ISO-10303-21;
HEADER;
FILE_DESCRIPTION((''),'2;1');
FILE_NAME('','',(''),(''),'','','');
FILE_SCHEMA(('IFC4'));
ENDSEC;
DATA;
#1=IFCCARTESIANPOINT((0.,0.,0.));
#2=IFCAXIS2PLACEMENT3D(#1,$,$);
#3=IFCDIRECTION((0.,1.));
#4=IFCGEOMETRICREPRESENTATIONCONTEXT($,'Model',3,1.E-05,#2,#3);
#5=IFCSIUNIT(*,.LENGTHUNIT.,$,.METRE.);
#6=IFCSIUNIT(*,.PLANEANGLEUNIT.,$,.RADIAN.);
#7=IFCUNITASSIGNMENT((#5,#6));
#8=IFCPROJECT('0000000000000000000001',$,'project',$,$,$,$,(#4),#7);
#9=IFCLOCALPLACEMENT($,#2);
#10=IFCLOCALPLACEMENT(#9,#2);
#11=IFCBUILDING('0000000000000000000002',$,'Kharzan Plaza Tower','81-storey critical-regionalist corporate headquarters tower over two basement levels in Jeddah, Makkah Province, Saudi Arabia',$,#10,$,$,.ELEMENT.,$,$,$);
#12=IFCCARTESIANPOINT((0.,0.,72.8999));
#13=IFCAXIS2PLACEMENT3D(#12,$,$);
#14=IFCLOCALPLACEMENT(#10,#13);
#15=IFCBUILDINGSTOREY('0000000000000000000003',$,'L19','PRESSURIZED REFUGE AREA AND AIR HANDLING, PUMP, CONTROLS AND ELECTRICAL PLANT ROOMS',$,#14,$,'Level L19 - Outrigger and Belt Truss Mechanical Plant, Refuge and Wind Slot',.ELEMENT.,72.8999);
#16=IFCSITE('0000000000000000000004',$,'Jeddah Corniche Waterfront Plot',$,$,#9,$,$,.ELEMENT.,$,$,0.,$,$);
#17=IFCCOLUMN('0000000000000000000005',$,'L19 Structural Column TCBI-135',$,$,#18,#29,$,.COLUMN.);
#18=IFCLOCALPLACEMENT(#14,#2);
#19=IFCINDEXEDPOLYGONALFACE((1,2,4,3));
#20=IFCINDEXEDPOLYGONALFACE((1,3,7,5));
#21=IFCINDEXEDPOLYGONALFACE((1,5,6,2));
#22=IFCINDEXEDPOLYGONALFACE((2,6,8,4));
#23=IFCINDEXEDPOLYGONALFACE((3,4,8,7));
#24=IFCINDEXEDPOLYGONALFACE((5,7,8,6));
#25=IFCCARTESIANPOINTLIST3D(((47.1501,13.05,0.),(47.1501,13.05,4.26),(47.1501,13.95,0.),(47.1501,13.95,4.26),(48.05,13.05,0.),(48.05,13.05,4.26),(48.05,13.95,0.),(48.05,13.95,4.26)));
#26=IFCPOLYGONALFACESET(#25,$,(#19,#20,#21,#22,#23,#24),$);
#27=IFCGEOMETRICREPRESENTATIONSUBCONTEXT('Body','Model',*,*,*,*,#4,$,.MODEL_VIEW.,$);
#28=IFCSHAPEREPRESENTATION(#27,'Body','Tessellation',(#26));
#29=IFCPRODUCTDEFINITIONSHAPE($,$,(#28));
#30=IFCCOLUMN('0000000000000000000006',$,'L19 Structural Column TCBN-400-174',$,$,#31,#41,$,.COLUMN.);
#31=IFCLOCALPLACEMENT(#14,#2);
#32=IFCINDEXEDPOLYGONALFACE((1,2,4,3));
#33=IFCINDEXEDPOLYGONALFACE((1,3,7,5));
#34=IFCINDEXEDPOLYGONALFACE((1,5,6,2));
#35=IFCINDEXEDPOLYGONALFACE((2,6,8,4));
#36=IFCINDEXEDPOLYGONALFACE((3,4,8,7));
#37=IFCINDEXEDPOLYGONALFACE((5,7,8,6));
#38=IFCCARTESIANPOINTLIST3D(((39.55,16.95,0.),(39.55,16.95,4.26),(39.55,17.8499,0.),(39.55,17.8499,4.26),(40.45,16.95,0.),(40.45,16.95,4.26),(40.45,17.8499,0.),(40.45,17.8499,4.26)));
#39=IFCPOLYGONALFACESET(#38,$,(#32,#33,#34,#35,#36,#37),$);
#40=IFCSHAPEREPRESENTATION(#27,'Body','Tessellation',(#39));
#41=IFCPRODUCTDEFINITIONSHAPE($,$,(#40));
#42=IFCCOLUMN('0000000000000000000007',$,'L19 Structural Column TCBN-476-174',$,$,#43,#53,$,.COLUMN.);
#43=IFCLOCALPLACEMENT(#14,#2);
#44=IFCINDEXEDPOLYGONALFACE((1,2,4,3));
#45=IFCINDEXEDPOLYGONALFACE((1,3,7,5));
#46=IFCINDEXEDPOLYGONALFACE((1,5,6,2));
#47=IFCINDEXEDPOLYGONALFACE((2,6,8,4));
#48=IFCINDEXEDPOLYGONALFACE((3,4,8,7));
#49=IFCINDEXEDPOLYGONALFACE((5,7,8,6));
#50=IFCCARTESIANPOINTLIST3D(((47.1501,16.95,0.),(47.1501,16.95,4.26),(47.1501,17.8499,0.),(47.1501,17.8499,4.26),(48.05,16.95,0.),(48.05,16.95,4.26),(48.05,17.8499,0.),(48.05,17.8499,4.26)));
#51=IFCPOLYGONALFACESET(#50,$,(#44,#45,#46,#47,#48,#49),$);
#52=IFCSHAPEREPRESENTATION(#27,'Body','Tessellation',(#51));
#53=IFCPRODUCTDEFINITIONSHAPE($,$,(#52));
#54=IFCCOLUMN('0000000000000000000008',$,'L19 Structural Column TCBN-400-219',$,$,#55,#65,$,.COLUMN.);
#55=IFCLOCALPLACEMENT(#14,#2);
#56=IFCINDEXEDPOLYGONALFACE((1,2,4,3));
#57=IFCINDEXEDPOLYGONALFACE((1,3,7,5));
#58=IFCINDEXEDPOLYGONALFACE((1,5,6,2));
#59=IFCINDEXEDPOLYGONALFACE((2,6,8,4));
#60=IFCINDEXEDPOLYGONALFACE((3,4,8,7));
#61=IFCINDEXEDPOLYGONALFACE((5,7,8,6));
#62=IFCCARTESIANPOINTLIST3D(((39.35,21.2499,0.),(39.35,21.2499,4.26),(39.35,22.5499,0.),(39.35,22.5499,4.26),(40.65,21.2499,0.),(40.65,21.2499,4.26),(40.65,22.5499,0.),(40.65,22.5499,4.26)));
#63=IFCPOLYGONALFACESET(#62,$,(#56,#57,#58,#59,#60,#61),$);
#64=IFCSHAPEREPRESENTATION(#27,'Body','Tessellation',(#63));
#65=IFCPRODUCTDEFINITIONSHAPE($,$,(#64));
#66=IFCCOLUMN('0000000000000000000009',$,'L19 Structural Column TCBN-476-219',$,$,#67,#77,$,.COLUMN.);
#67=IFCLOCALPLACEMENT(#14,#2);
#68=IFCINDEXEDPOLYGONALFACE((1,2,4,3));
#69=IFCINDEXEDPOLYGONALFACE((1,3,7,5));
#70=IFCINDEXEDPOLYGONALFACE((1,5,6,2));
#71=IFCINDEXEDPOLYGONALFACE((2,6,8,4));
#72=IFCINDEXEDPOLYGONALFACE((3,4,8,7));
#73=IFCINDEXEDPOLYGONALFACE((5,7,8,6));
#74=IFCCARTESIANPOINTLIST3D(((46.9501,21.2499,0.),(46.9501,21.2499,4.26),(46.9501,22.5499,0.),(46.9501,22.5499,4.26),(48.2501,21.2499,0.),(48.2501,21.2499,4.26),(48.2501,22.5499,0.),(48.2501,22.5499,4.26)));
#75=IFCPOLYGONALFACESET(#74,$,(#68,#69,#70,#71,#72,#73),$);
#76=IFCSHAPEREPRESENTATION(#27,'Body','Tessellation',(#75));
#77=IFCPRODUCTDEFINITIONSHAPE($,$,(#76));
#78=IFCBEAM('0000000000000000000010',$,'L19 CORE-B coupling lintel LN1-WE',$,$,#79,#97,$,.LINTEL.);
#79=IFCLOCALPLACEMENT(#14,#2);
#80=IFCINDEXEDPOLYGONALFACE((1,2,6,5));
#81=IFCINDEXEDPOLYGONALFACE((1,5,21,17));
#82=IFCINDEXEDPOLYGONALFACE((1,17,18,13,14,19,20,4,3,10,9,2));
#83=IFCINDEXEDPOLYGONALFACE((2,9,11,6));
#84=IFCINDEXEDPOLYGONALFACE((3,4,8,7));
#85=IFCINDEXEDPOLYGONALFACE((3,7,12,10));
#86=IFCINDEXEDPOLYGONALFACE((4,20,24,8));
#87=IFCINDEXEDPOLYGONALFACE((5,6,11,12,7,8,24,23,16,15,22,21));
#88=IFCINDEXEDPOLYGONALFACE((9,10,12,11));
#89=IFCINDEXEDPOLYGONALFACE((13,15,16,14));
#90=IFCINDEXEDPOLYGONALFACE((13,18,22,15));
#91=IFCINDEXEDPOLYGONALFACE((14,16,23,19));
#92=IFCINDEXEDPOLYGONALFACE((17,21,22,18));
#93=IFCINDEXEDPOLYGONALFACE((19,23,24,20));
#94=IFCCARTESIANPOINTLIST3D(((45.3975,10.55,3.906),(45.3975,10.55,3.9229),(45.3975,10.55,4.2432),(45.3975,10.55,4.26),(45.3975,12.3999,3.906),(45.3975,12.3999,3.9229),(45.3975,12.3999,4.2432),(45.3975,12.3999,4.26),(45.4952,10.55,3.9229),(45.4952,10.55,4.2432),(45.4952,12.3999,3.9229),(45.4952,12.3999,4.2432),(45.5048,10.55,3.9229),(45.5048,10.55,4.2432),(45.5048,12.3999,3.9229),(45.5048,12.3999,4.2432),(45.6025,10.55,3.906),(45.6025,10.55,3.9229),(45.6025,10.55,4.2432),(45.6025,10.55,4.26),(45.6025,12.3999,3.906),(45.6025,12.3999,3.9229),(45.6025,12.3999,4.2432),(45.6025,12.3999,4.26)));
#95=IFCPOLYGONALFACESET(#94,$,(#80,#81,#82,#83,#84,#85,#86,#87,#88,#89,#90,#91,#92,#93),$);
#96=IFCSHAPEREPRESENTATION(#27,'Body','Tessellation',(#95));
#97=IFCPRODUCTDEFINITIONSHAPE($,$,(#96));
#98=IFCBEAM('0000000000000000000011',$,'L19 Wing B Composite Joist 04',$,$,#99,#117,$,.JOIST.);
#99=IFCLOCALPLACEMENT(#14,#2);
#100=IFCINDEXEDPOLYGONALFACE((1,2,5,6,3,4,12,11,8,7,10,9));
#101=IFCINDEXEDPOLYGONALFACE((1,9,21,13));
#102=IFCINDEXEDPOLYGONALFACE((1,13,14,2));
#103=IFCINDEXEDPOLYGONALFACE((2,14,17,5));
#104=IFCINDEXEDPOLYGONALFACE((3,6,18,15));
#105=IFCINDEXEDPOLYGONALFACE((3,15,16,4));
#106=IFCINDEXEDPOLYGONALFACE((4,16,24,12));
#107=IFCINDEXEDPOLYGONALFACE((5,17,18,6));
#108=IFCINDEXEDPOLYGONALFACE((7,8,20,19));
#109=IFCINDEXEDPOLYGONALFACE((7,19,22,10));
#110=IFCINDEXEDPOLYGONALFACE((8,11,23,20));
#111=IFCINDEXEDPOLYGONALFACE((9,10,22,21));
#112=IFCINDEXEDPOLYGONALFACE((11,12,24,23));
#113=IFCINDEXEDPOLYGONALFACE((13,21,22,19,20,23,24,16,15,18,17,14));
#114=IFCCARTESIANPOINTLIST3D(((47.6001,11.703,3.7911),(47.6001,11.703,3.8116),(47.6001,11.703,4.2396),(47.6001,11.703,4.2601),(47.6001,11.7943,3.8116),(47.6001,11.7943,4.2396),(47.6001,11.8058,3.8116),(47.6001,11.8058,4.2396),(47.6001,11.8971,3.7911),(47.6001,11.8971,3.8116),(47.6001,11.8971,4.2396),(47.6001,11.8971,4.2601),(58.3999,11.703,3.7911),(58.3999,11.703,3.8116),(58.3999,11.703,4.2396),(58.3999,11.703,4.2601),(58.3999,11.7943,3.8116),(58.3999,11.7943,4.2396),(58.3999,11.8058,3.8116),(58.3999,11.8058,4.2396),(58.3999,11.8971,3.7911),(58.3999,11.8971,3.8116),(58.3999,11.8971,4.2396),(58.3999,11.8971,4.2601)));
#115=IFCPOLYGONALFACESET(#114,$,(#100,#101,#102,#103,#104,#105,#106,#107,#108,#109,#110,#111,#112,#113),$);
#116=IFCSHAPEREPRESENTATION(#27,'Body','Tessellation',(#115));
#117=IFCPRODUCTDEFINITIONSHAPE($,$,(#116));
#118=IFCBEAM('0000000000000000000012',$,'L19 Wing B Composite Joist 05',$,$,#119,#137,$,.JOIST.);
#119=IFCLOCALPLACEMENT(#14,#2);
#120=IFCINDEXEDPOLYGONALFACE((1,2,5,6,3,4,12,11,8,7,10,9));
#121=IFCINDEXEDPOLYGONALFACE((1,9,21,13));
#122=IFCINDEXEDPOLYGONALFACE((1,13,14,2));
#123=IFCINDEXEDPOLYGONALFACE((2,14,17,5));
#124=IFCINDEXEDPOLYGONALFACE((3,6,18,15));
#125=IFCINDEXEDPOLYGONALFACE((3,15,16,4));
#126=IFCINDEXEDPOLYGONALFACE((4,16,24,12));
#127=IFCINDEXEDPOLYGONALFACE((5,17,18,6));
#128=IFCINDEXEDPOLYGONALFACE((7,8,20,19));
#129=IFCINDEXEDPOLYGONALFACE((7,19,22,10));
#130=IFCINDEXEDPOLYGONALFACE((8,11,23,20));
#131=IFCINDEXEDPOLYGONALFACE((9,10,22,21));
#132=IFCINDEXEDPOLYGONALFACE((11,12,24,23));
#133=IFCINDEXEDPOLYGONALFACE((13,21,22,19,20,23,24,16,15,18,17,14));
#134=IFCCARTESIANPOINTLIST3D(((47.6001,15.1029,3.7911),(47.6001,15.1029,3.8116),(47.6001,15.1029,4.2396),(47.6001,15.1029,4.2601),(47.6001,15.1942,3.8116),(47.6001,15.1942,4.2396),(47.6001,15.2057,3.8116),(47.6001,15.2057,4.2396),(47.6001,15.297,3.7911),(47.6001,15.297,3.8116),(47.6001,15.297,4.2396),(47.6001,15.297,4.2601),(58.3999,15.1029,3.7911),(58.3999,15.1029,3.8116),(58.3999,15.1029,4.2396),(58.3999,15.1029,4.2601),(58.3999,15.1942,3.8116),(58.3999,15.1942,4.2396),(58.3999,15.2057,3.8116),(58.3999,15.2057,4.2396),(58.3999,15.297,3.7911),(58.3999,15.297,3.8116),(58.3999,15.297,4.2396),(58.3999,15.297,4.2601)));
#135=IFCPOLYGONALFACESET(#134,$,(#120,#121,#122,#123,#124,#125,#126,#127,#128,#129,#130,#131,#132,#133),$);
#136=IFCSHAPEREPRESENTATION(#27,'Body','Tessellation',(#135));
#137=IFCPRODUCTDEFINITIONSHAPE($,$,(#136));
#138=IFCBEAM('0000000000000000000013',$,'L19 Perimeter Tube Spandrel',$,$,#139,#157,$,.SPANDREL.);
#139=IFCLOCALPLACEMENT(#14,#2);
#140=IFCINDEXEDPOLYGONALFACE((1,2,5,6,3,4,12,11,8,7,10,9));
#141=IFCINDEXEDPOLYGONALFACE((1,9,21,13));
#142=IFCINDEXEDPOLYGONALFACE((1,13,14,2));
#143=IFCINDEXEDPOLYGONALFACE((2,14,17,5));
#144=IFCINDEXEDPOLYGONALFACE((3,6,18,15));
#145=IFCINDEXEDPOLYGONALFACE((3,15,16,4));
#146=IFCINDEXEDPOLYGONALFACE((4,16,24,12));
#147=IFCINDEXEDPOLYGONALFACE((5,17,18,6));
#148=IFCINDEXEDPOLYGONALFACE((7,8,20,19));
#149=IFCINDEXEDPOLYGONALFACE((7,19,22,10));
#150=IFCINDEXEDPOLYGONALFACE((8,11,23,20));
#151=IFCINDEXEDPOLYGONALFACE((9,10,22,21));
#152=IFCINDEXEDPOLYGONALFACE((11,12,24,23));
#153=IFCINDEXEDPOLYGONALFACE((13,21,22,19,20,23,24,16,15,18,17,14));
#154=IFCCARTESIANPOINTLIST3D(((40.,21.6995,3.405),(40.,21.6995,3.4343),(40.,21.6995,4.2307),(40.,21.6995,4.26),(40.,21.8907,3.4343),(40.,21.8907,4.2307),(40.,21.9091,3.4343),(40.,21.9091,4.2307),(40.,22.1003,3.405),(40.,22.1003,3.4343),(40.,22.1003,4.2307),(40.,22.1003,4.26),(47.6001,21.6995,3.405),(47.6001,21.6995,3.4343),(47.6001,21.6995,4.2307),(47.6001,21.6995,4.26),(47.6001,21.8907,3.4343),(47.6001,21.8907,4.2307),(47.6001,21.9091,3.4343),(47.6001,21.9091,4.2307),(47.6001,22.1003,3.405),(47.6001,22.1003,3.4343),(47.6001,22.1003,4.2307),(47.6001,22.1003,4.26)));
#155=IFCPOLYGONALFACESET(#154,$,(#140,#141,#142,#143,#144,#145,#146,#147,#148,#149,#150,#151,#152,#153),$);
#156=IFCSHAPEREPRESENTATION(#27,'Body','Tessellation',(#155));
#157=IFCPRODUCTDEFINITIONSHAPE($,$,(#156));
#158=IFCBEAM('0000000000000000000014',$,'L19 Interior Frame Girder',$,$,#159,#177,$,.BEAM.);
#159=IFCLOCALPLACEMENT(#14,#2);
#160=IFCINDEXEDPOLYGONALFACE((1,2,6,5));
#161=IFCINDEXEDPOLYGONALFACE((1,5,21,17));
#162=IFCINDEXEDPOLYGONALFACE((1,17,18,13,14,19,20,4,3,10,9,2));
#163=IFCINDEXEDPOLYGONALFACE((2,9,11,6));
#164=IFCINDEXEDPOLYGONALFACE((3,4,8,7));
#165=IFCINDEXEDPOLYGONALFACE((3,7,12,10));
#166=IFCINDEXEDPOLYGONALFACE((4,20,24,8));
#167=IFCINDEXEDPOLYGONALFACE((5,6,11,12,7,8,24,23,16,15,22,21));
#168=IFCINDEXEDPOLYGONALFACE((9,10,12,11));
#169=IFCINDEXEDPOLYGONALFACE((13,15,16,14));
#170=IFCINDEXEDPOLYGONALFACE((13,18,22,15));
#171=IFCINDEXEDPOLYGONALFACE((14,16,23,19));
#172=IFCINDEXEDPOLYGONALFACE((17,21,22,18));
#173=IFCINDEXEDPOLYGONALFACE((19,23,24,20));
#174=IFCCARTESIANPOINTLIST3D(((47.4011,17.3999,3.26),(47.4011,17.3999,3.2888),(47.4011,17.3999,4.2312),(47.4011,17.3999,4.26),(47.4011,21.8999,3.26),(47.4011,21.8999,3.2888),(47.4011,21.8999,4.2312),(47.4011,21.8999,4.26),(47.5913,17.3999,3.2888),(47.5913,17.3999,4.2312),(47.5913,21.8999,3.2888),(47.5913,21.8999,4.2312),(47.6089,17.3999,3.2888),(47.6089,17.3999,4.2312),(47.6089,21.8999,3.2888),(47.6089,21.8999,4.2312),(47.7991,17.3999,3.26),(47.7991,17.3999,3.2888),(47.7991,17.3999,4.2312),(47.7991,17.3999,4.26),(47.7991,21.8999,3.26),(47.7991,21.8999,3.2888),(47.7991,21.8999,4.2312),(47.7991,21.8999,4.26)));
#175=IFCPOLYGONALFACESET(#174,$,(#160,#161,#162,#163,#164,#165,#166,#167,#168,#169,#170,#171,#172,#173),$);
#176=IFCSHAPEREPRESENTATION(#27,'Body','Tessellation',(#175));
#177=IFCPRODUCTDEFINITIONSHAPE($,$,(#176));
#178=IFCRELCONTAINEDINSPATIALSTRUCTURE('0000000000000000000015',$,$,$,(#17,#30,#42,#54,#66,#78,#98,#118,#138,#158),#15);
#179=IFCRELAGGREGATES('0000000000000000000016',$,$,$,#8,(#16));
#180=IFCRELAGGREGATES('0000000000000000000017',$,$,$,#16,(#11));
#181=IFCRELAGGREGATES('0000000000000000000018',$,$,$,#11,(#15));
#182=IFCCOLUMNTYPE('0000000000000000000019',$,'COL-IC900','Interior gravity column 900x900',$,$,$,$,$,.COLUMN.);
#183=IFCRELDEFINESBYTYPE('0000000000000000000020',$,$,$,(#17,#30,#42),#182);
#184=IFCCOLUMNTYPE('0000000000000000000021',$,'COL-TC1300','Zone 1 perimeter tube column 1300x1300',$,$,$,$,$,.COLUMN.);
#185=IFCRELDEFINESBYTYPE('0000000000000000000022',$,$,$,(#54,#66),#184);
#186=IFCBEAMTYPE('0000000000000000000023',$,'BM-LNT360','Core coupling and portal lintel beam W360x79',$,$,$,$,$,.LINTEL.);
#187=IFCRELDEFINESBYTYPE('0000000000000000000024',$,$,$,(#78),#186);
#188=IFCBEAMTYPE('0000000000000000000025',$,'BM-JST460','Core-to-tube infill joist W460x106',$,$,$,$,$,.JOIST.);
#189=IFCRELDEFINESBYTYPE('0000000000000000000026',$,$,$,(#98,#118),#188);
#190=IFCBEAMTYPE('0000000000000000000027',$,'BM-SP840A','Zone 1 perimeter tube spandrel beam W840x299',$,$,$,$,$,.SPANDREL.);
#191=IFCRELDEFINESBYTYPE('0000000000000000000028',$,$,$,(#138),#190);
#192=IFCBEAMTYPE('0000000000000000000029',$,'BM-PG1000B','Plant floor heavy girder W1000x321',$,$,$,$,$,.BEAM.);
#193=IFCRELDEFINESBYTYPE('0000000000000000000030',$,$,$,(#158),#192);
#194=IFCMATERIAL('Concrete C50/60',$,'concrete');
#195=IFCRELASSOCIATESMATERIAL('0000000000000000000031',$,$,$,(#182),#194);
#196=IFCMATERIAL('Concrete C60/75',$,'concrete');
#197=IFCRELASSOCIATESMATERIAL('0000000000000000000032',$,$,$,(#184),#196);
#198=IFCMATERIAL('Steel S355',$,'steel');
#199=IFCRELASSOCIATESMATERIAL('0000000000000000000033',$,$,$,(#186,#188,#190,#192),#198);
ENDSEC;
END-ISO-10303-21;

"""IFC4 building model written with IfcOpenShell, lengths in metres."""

from ifc_helpers import new_model, si_unit, direction, frame, origin, origin_2d, place, context, subcontext, project, spatial, rectangle, i_section, extrude, source, transform, mapped, material, material_profile, profile_set, type_object, element, save


model = new_model("IFC4")

# Units and contexts
model_context = context("Model", 3, precision=1e-05, world=origin(), true_north=direction((0.0, 1.0)))
body_context = subcontext(model_context, "Body", "Model", "MODEL_VIEW")
ifc_project = project(units=[si_unit("LENGTHUNIT", "METRE"), si_unit("PLANEANGLEUNIT", "RADIAN")], contexts=[model_context])

# Site, building, storey
site_placement = place(None, origin())
site = spatial("IfcSite", under=ifc_project, at=site_placement, Name="Jeddah Corniche Waterfront Plot", CompositionType="ELEMENT", RefElevation=0.0)
building_placement = place(site_placement, origin())
building = spatial("IfcBuilding", under=site, at=building_placement, Name="Kharzan Plaza Tower", Description="81-storey critical-regionalist corporate headquarters tower over two basement levels in Jeddah, Makkah Province, Saudi Arabia", CompositionType="ELEMENT")
storey_placement = place(building_placement, frame((0.0, 0.0, 72.8999)))
storey = spatial("IfcBuildingStorey", under=building, at=storey_placement, Name="L19", Description="PRESSURIZED REFUGE AREA AND AIR HANDLING, PUMP, CONTROLS AND ELECTRICAL PLANT ROOMS", LongName="Level L19 - Outrigger and Belt Truss Mechanical Plant, Refuge and Wind Slot", CompositionType="ELEMENT", Elevation=72.8999)

# Columns
ifc_material_1 = material(Name="Concrete C50/60", Category="concrete")
ifc_material_profile_1 = material_profile(ifc_material_1, rectangle(XDim=0.8999, YDim=0.8999, at=origin_2d()), Name="RC-IC900x900")
ifc_profile_set_1 = profile_set([ifc_material_profile_1], Name="Concrete C50/60")
column_type_1 = type_object("IfcColumnType", Name="COL-IC900", Description="Interior gravity column 900x900", PredefinedType="COLUMN", material=ifc_profile_set_1)
shared_shape_1 = source(origin(), body_context, "Body", "SweptSolid", [
    extrude(rectangle(XDim=0.8999, YDim=0.8999, at=origin_2d()), origin(), (0.0, 0.0, 1.0), 4.26),
])
for number, where, z_axis, x_axis, name in (
    (1, (47.6001, 13.5, 0.0), (0.0, 0.0, 1.0), (1.0, 0.0, 0.0), "L19 Structural Column TCBI-135"),
    (2, (40.0, 17.3999, 0.0), (0.0, 0.0, 1.0), (1.0, 0.0, 0.0), "L19 Structural Column TCBN-400-174"),
    (3, (47.6001, 17.3999, 0.0), (0.0, 0.0, 1.0), (1.0, 0.0, 0.0), "L19 Structural Column TCBN-476-174"),
):
    element("IfcColumn", number, at=place(storey_placement, frame(where, z_axis=z_axis, x_axis=x_axis)), inside=storey, type_object=column_type_1, Name=name, PredefinedType="COLUMN", context=body_context, shape_type="MappedRepresentation", body=[
        mapped(shared_shape_1, transform((0.0, 0.0, 0.0), x_axis=(1.0, 0.0, 0.0), y_axis=(0.0, 1.0, 0.0), z_axis=(0.0, 0.0, 1.0))),
    ])
ifc_material_2 = material(Name="Concrete C60/75", Category="concrete")
ifc_material_profile_2 = material_profile(ifc_material_2, rectangle(XDim=1.3, YDim=1.3, at=origin_2d()), Name="RC-TC1300x1300")
ifc_profile_set_2 = profile_set([ifc_material_profile_2], Name="Concrete C60/75")
column_type_2 = type_object("IfcColumnType", Name="COL-TC1300", Description="Zone 1 perimeter tube column 1300x1300", PredefinedType="COLUMN", material=ifc_profile_set_2)
shared_shape_2 = source(origin(), body_context, "Body", "SweptSolid", [
    extrude(rectangle(XDim=1.3, YDim=1.3, at=origin_2d()), origin(), (0.0, 0.0, 1.0), 4.26),
])
for number, where, z_axis, x_axis, name in (
    (4, (40.0, 21.8999, 0.0), (0.0, 0.0, 1.0), (1.0, 0.0, 0.0), "L19 Structural Column TCBN-400-219"),
    (5, (47.6001, 21.8999, 0.0), (0.0, 0.0, 1.0), (1.0, 0.0, 0.0), "L19 Structural Column TCBN-476-219"),
):
    element("IfcColumn", number, at=place(storey_placement, frame(where, z_axis=z_axis, x_axis=x_axis)), inside=storey, type_object=column_type_2, Name=name, PredefinedType="COLUMN", context=body_context, shape_type="MappedRepresentation", body=[
        mapped(shared_shape_2, transform((0.0, 0.0, 0.0), x_axis=(1.0, 0.0, 0.0), y_axis=(0.0, 1.0, 0.0), z_axis=(0.0, 0.0, 1.0))),
    ])

# Beams
ifc_material_3 = material(Name="Steel S355", Category="steel")
ifc_material_profile_3 = material_profile(ifc_material_3, i_section(OverallWidth=0.2051, OverallDepth=0.354, WebThickness=0.0095, FlangeThickness=0.0168, at=origin_2d()), Name="W360x79")
ifc_profile_set_3 = profile_set([ifc_material_profile_3], Name="Steel S355")
beam_type_1 = type_object("IfcBeamType", Name="BM-LNT360", Description="Core coupling and portal lintel beam W360x79", PredefinedType="LINTEL", material=ifc_profile_set_3)
shared_shape_3 = source(origin(), body_context, "Body", "SweptSolid", [
    extrude(i_section(OverallWidth=0.2051, OverallDepth=0.354, WebThickness=0.0095, FlangeThickness=0.0168, at=origin_2d()), origin(), (0.0, 0.0, 1.0), 1.8499),
])
beam_1_placement = place(storey_placement, frame((45.5, 10.55, 4.083), z_axis=(0.0, 1.0, 0.0), x_axis=(-1.0, 0.0, 0.0)))
element("IfcBeam", 6, at=beam_1_placement, inside=storey, type_object=beam_type_1, Name="L19 CORE-B coupling lintel LN1-WE", PredefinedType="LINTEL", context=body_context, shape_type="MappedRepresentation", body=[
    mapped(shared_shape_3, transform((0.0, 0.0, 0.0), x_axis=(1.0, 0.0, 0.0), y_axis=(0.0, 1.0, 0.0), z_axis=(0.0, 0.0, 1.0))),
])
ifc_material_profile_4 = material_profile(ifc_material_3, i_section(OverallWidth=0.1941, OverallDepth=0.469, WebThickness=0.0115, FlangeThickness=0.0205, at=origin_2d()), Name="W460x106")
ifc_profile_set_4 = profile_set([ifc_material_profile_4], Name="Steel S355")
beam_type_2 = type_object("IfcBeamType", Name="BM-JST460", Description="Core-to-tube infill joist W460x106", PredefinedType="JOIST", material=ifc_profile_set_4)
shared_shape_4 = source(origin(), body_context, "Body", "SweptSolid", [
    extrude(i_section(OverallWidth=0.1941, OverallDepth=0.469, WebThickness=0.0115, FlangeThickness=0.0205, at=origin_2d()), origin(), (0.0, 0.0, 1.0), 10.7998),
])
for number, where, z_axis, x_axis, name in (
    (7, (47.6001, 11.8, 4.0256), (1.0, 0.0, 0.0), (0.0, 1.0, 0.0), "L19 Wing B Composite Joist 04"),
    (8, (47.6001, 15.2, 4.0256), (1.0, 0.0, 0.0), (0.0, 1.0, 0.0), "L19 Wing B Composite Joist 05"),
):
    element("IfcBeam", number, at=place(storey_placement, frame(where, z_axis=z_axis, x_axis=x_axis)), inside=storey, type_object=beam_type_2, Name=name, PredefinedType="JOIST", context=body_context, shape_type="MappedRepresentation", body=[
        mapped(shared_shape_4, transform((0.0, 0.0, 0.0), x_axis=(1.0, 0.0, 0.0), y_axis=(0.0, 1.0, 0.0), z_axis=(0.0, 0.0, 1.0))),
    ])
ifc_material_profile_5 = material_profile(ifc_material_3, i_section(OverallWidth=0.4009, OverallDepth=0.855, WebThickness=0.0183, FlangeThickness=0.0293, at=origin_2d()), Name="W840x299")
ifc_profile_set_5 = profile_set([ifc_material_profile_5], Name="Steel S355")
beam_type_3 = type_object("IfcBeamType", Name="BM-SP840A", Description="Zone 1 perimeter tube spandrel beam W840x299", PredefinedType="SPANDREL", material=ifc_profile_set_5)
shared_shape_5 = source(origin(), body_context, "Body", "SweptSolid", [
    extrude(i_section(OverallWidth=0.4009, OverallDepth=0.855, WebThickness=0.0183, FlangeThickness=0.0293, at=origin_2d()), origin(), (0.0, 0.0, 1.0), 7.6001),
])
beam_2_placement = place(storey_placement, frame((40.0, 21.8999, 3.8325), z_axis=(1.0, 0.0, 0.0), x_axis=(0.0, 1.0, 0.0)))
element("IfcBeam", 9, at=beam_2_placement, inside=storey, type_object=beam_type_3, Name="L19 Perimeter Tube Spandrel", PredefinedType="SPANDREL", context=body_context, shape_type="MappedRepresentation", body=[
    mapped(shared_shape_5, transform((0.0, 0.0, 0.0), x_axis=(1.0, 0.0, 0.0), y_axis=(0.0, 1.0, 0.0), z_axis=(0.0, 0.0, 1.0))),
])
ifc_material_profile_6 = material_profile(ifc_material_3, i_section(OverallWidth=0.3979, OverallDepth=1.0, WebThickness=0.0176, FlangeThickness=0.0288, at=origin_2d()), Name="W1000x321")
ifc_profile_set_6 = profile_set([ifc_material_profile_6], Name="Steel S355")
beam_type_4 = type_object("IfcBeamType", Name="BM-PG1000B", Description="Plant floor heavy girder W1000x321", PredefinedType="BEAM", material=ifc_profile_set_6)
shared_shape_6 = source(origin(), body_context, "Body", "SweptSolid", [
    extrude(i_section(OverallWidth=0.3979, OverallDepth=1.0, WebThickness=0.0176, FlangeThickness=0.0288, at=origin_2d()), origin(), (0.0, 0.0, 1.0), 4.5),
])
beam_3_placement = place(storey_placement, frame((47.6001, 17.3999, 3.76), z_axis=(0.0, 1.0, 0.0), x_axis=(-1.0, 0.0, 0.0)))
element("IfcBeam", 10, at=beam_3_placement, inside=storey, type_object=beam_type_4, Name="L19 Interior Frame Girder", PredefinedType="BEAM", context=body_context, shape_type="MappedRepresentation", body=[
    mapped(shared_shape_6, transform((0.0, 0.0, 0.0), x_axis=(1.0, 0.0, 0.0), y_axis=(0.0, 1.0, 0.0), z_axis=(0.0, 0.0, 1.0))),
])

save(model, "model.ifc")
